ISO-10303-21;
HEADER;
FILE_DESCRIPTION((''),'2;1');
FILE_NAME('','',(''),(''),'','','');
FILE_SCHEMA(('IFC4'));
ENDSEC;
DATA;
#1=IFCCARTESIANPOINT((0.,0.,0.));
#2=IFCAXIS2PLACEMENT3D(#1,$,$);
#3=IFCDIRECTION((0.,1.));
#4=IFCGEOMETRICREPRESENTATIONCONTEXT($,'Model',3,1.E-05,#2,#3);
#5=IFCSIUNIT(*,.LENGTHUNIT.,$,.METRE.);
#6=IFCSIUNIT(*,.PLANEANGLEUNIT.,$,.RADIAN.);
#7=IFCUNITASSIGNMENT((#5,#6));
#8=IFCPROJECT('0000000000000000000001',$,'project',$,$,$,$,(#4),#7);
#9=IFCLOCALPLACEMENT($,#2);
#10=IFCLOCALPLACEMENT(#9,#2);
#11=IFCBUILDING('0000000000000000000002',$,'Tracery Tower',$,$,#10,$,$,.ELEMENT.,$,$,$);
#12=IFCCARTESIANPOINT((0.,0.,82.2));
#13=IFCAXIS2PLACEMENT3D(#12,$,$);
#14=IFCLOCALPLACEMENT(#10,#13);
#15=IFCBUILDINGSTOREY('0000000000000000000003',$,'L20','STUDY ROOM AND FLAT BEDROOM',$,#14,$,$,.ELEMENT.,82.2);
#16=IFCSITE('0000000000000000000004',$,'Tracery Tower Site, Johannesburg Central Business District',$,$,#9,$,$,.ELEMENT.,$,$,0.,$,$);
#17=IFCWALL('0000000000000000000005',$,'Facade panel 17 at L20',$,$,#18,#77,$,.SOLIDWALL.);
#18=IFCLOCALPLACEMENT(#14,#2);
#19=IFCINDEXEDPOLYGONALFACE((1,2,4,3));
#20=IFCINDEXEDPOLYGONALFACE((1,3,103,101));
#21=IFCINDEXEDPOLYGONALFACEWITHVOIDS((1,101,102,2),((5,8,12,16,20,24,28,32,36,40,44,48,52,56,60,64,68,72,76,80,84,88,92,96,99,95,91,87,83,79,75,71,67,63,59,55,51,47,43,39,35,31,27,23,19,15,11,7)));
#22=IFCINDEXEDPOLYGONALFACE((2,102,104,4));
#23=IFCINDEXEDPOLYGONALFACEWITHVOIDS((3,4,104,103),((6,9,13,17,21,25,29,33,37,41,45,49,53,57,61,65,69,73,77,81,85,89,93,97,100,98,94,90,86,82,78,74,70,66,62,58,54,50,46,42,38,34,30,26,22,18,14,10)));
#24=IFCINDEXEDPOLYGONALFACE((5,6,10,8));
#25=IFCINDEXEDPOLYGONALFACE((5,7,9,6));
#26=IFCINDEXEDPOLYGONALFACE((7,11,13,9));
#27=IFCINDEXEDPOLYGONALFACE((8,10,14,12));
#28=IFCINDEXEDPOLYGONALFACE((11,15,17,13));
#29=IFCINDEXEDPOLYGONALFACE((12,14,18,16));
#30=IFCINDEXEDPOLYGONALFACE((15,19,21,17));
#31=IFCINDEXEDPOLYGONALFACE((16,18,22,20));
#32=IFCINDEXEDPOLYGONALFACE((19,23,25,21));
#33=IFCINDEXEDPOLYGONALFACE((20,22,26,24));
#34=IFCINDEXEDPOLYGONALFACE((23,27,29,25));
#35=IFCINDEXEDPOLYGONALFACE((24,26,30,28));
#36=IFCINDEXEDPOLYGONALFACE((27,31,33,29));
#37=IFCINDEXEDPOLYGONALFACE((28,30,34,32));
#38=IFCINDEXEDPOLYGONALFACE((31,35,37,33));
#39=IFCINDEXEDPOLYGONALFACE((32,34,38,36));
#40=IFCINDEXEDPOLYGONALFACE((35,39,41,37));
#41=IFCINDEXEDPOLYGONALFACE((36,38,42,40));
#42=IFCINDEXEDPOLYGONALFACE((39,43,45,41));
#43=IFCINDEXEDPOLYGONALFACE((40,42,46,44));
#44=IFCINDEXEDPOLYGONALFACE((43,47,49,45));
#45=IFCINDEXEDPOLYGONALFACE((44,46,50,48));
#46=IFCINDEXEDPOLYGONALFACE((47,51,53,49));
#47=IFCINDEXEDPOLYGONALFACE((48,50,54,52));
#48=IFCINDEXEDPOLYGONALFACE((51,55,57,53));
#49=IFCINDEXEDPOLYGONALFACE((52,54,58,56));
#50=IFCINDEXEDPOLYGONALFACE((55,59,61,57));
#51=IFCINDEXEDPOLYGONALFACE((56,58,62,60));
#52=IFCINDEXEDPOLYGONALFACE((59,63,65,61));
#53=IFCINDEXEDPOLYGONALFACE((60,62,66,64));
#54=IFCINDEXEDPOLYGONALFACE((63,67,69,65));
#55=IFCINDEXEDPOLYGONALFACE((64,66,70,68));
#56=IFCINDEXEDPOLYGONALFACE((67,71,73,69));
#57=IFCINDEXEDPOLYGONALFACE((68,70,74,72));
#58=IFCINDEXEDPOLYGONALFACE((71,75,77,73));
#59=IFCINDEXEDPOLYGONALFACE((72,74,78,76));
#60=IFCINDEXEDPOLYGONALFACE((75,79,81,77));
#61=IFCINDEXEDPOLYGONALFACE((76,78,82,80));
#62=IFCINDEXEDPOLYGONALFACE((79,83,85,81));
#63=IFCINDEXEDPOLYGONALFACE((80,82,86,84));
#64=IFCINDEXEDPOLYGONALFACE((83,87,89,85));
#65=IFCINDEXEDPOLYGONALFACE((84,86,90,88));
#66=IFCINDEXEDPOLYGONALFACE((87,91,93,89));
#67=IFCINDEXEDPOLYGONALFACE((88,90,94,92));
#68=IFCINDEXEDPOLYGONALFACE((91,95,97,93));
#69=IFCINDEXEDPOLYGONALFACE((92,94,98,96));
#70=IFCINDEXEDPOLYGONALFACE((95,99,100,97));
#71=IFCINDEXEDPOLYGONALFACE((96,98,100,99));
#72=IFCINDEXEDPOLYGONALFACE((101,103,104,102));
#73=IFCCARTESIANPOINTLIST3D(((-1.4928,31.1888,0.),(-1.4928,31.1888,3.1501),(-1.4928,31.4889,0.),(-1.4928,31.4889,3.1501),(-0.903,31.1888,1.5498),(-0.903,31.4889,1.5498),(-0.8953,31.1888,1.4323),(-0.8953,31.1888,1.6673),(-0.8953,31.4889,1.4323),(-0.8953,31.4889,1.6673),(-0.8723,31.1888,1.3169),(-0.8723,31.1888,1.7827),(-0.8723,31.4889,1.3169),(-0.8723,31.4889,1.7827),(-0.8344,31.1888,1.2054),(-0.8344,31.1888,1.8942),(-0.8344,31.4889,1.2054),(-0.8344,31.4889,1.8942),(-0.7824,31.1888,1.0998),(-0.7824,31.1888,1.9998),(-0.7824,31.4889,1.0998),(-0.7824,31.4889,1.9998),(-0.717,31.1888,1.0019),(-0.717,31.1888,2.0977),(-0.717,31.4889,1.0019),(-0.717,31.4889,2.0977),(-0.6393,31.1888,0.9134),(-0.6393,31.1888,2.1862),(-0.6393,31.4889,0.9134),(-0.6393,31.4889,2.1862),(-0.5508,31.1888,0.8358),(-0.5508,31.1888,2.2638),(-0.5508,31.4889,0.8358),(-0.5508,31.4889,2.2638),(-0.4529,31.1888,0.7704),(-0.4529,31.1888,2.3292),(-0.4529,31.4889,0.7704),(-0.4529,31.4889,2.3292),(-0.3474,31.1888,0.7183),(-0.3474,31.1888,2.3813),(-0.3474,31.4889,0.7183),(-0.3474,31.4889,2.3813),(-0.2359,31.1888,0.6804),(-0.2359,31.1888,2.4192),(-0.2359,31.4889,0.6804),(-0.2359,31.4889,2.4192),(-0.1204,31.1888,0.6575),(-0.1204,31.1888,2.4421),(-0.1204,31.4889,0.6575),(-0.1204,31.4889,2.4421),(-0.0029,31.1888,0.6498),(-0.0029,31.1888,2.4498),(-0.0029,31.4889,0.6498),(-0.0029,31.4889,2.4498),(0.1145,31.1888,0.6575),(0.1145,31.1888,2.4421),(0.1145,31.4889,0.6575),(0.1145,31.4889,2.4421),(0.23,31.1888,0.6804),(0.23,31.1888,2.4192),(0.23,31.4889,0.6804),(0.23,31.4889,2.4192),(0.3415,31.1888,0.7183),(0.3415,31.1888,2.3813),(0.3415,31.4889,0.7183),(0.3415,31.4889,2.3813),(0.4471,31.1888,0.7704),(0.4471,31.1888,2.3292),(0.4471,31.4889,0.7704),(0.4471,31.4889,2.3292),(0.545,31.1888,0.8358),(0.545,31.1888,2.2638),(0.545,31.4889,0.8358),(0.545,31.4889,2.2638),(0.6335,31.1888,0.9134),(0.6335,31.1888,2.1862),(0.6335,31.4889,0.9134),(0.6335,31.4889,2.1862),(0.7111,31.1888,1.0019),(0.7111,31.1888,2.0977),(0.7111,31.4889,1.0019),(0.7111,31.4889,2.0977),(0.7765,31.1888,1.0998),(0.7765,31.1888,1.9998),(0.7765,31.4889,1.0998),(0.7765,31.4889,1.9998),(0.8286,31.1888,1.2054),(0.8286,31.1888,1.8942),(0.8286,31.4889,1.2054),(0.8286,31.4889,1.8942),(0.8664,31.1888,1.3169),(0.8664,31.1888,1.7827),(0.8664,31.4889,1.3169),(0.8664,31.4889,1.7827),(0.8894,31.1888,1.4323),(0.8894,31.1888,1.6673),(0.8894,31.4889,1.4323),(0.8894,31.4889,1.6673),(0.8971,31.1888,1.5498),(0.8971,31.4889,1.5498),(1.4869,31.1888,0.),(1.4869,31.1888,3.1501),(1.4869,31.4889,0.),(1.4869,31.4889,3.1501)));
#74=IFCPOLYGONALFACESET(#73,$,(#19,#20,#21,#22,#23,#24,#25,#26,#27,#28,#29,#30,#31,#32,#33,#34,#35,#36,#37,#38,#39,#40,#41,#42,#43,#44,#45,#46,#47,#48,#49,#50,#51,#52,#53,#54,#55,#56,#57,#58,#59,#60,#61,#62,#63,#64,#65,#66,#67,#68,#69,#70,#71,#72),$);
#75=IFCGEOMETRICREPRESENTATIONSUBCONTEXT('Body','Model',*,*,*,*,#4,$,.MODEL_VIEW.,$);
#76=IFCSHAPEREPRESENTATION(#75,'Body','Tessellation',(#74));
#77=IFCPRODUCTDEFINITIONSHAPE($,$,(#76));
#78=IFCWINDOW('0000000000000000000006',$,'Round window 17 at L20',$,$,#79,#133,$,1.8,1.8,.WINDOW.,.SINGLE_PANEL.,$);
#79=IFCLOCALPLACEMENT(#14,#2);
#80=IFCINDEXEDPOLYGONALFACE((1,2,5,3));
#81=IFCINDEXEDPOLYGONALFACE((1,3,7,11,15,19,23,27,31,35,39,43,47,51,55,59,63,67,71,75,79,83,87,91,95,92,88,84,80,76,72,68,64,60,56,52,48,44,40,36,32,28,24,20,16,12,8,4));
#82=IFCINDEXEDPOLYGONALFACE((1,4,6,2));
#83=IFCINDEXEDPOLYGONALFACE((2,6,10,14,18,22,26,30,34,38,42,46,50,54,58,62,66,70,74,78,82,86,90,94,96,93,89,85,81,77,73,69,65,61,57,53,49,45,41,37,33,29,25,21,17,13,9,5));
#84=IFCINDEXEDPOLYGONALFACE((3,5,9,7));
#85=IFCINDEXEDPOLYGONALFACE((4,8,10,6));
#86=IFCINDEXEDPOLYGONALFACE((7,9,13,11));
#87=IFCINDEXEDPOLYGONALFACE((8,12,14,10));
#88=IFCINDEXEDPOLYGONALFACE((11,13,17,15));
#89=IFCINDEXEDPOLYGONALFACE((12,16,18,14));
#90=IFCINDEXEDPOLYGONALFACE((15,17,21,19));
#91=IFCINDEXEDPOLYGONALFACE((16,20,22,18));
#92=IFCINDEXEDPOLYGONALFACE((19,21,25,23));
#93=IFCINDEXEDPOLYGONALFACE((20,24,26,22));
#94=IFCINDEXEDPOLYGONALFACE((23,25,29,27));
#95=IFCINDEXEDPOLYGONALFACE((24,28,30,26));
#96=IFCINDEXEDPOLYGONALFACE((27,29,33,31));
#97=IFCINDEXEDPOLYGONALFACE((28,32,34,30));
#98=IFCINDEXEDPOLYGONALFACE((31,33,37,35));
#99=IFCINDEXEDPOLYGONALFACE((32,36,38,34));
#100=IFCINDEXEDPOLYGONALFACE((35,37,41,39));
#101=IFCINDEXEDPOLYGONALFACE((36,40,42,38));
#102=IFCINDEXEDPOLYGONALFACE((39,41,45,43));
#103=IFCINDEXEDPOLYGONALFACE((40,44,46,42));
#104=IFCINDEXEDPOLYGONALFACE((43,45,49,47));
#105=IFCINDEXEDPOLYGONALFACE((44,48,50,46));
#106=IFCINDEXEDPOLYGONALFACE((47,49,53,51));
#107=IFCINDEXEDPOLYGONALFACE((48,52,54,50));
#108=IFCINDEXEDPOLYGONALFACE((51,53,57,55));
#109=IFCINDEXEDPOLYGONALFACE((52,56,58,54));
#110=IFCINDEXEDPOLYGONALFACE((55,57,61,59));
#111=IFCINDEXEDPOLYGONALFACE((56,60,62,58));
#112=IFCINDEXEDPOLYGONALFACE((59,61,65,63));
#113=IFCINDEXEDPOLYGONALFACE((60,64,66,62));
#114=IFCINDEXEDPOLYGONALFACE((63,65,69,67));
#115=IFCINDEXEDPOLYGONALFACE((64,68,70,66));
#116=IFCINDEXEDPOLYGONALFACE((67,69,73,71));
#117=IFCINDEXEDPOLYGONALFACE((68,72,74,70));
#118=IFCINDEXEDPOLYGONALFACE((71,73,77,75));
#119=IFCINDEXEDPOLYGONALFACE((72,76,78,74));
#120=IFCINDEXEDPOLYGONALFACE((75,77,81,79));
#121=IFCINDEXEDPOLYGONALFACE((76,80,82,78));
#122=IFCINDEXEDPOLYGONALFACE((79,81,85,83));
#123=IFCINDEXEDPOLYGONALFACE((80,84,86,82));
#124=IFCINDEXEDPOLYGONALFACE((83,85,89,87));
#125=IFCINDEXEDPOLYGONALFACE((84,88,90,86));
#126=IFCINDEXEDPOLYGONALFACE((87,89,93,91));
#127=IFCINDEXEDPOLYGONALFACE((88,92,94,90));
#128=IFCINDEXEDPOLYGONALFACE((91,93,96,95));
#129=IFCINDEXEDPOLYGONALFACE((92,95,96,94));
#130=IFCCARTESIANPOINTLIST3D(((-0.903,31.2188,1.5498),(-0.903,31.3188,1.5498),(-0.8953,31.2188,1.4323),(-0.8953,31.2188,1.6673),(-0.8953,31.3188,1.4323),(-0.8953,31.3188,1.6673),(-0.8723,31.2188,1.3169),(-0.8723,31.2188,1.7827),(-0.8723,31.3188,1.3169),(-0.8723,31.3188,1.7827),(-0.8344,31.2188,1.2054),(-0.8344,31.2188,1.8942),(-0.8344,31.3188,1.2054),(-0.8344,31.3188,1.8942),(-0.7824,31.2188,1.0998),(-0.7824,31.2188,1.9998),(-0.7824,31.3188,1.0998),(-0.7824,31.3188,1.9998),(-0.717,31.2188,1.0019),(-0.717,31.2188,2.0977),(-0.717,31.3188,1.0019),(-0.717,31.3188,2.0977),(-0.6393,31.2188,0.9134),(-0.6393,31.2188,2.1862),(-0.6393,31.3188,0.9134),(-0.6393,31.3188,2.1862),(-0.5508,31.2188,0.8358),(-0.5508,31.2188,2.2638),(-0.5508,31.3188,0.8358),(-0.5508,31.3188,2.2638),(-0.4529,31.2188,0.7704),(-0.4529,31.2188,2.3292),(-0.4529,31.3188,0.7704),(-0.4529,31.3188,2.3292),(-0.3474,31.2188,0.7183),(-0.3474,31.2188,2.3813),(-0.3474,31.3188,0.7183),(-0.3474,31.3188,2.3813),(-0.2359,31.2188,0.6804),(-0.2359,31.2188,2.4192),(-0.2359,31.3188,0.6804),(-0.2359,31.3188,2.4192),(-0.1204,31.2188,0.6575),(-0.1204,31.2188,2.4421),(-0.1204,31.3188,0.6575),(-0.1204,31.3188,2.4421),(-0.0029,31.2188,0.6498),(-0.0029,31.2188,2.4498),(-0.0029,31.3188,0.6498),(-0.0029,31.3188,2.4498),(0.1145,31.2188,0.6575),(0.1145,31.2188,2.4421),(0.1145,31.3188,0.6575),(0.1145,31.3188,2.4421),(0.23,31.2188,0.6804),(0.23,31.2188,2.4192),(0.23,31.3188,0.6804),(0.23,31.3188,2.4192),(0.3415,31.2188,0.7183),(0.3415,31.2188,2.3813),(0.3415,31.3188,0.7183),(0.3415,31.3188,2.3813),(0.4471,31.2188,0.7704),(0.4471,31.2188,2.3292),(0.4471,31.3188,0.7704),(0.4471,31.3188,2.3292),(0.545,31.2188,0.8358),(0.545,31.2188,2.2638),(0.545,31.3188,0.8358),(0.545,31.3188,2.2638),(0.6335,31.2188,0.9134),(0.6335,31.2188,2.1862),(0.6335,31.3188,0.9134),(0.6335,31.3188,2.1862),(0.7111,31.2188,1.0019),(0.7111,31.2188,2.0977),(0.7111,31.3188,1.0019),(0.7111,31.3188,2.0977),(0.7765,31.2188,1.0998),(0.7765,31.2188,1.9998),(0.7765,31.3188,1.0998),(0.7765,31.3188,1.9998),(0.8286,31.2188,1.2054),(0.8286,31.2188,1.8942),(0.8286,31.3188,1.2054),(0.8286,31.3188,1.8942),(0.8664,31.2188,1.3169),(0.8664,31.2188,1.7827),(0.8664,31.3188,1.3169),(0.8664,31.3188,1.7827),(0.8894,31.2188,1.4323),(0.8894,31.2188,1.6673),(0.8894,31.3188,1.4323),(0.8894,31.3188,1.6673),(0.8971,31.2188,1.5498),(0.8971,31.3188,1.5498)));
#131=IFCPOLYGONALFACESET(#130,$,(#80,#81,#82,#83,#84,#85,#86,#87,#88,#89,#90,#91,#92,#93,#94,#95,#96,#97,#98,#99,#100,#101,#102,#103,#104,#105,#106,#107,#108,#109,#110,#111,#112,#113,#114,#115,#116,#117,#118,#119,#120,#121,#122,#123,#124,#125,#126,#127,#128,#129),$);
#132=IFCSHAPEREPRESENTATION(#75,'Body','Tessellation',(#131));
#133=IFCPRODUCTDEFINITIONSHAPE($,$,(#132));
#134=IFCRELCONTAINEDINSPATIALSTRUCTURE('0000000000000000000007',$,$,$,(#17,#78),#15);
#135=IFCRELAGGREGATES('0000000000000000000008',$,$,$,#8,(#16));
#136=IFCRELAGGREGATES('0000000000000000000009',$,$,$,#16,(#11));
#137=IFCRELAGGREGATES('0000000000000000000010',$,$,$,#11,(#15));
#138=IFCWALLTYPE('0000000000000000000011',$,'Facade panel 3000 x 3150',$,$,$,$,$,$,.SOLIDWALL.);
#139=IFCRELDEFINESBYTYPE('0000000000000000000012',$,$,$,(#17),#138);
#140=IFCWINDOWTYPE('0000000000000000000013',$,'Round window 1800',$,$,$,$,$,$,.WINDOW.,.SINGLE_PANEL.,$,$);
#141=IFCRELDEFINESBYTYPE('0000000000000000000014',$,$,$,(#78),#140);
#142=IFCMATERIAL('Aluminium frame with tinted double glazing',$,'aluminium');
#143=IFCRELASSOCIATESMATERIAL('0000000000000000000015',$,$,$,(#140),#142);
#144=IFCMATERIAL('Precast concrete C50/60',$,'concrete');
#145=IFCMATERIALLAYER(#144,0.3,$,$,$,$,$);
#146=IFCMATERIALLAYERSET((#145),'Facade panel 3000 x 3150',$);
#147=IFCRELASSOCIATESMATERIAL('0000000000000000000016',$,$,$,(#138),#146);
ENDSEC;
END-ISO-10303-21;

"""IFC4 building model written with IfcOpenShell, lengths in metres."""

from ifc_helpers import new_model, si_unit, direction, frame, frame_2d, origin, origin_2d, place, context, subcontext, project, spatial, rectangle, circle, extrude, material, layer, layer_set, type_object, element, fill, save


model = new_model("IFC4")

# Units and contexts
model_context = context("Model", 3, precision=1e-05, world=origin(), true_north=direction((0.0, 1.0)))
body_context = subcontext(model_context, "Body", "Model", "MODEL_VIEW")
ifc_project = project(units=[si_unit("LENGTHUNIT", "METRE"), si_unit("PLANEANGLEUNIT", "RADIAN")], contexts=[model_context])

# Site, building, storey
site_placement = place(None, origin())
site = spatial("IfcSite", under=ifc_project, at=site_placement, Name="Tracery Tower Site, Johannesburg Central Business District", CompositionType="ELEMENT", RefElevation=0.0)
building_placement = place(site_placement, origin())
building = spatial("IfcBuilding", under=site, at=building_placement, Name="Tracery Tower", CompositionType="ELEMENT")
storey_placement = place(building_placement, frame((0.0, 0.0, 82.2)))
storey = spatial("IfcBuildingStorey", under=building, at=storey_placement, Name="L20", Description="STUDY ROOM AND FLAT BEDROOM", CompositionType="ELEMENT", Elevation=82.2)

# Wall, opening, window
ifc_material_1 = material(Name="Aluminium frame with tinted double glazing", Category="aluminium")
window_type = type_object("IfcWindowType", Name="Round window 1800", PartitioningType="SINGLE_PANEL", PredefinedType="WINDOW", material=ifc_material_1)
ifc_material_2 = material(Name="Precast concrete C50/60", Category="concrete")
ifc_layer_1 = layer(ifc_material_2, 0.3)
ifc_layer_set_1 = layer_set([ifc_layer_1], Name="Facade panel 3000 x 3150")
wall_type_1 = type_object("IfcWallType", Name="Facade panel 3000 x 3150", PredefinedType="SOLIDWALL", material=ifc_layer_set_1)
wall_1_placement = place(storey_placement, frame((1.4868, 31.3389, 0.0), z_axis=(0.0, 0.0, 1.0), x_axis=(-1.0, 0.0, 0.0)))
wall_1 = element("IfcWall", 1, at=wall_1_placement, inside=storey, type_object=wall_type_1, Name="Facade panel 17 at L20", PredefinedType="SOLIDWALL", context=body_context, shape_type="SweptSolid", body=[
    extrude(rectangle(XDim=2.9797, YDim=0.3, at=frame_2d((1.4897, 0.0))), origin(), (0.0, 0.0, 1.0), 3.1501),
])
opening_1_placement = place(wall_1_placement, frame((1.4897, 0.0, 1.5498)))
opening_1 = element("IfcOpeningElement", 2, at=opening_1_placement, cuts=wall_1, PredefinedType="OPENING", context=body_context, shape_type="SweptSolid", body=[
    extrude(circle(Radius=0.9, at=origin_2d()), frame((0.0, 0.1599, 0.0), z_axis=(0.0, -1.0, 0.0), x_axis=(1.0, 0.0, 0.0)), (0.0, 0.0, 1.0), 0.3201),
])
window_1_placement = place(opening_1_placement, origin())
window_1 = element("IfcWindow", 3, at=window_1_placement, inside=storey, type_object=window_type, Name="Round window 17 at L20", OverallHeight=1.8, OverallWidth=1.8, PartitioningType="SINGLE_PANEL", PredefinedType="WINDOW", context=body_context, shape_type="SweptSolid", body=[
    extrude(circle(Radius=0.9, at=origin_2d()), frame((0.0, 0.1201, 0.0), z_axis=(0.0, -1.0, 0.0), x_axis=(1.0, 0.0, 0.0)), (0.0, 0.0, 1.0), 0.1001),
])
fill(opening_1, window_1)

save(model, "model.ifc")
